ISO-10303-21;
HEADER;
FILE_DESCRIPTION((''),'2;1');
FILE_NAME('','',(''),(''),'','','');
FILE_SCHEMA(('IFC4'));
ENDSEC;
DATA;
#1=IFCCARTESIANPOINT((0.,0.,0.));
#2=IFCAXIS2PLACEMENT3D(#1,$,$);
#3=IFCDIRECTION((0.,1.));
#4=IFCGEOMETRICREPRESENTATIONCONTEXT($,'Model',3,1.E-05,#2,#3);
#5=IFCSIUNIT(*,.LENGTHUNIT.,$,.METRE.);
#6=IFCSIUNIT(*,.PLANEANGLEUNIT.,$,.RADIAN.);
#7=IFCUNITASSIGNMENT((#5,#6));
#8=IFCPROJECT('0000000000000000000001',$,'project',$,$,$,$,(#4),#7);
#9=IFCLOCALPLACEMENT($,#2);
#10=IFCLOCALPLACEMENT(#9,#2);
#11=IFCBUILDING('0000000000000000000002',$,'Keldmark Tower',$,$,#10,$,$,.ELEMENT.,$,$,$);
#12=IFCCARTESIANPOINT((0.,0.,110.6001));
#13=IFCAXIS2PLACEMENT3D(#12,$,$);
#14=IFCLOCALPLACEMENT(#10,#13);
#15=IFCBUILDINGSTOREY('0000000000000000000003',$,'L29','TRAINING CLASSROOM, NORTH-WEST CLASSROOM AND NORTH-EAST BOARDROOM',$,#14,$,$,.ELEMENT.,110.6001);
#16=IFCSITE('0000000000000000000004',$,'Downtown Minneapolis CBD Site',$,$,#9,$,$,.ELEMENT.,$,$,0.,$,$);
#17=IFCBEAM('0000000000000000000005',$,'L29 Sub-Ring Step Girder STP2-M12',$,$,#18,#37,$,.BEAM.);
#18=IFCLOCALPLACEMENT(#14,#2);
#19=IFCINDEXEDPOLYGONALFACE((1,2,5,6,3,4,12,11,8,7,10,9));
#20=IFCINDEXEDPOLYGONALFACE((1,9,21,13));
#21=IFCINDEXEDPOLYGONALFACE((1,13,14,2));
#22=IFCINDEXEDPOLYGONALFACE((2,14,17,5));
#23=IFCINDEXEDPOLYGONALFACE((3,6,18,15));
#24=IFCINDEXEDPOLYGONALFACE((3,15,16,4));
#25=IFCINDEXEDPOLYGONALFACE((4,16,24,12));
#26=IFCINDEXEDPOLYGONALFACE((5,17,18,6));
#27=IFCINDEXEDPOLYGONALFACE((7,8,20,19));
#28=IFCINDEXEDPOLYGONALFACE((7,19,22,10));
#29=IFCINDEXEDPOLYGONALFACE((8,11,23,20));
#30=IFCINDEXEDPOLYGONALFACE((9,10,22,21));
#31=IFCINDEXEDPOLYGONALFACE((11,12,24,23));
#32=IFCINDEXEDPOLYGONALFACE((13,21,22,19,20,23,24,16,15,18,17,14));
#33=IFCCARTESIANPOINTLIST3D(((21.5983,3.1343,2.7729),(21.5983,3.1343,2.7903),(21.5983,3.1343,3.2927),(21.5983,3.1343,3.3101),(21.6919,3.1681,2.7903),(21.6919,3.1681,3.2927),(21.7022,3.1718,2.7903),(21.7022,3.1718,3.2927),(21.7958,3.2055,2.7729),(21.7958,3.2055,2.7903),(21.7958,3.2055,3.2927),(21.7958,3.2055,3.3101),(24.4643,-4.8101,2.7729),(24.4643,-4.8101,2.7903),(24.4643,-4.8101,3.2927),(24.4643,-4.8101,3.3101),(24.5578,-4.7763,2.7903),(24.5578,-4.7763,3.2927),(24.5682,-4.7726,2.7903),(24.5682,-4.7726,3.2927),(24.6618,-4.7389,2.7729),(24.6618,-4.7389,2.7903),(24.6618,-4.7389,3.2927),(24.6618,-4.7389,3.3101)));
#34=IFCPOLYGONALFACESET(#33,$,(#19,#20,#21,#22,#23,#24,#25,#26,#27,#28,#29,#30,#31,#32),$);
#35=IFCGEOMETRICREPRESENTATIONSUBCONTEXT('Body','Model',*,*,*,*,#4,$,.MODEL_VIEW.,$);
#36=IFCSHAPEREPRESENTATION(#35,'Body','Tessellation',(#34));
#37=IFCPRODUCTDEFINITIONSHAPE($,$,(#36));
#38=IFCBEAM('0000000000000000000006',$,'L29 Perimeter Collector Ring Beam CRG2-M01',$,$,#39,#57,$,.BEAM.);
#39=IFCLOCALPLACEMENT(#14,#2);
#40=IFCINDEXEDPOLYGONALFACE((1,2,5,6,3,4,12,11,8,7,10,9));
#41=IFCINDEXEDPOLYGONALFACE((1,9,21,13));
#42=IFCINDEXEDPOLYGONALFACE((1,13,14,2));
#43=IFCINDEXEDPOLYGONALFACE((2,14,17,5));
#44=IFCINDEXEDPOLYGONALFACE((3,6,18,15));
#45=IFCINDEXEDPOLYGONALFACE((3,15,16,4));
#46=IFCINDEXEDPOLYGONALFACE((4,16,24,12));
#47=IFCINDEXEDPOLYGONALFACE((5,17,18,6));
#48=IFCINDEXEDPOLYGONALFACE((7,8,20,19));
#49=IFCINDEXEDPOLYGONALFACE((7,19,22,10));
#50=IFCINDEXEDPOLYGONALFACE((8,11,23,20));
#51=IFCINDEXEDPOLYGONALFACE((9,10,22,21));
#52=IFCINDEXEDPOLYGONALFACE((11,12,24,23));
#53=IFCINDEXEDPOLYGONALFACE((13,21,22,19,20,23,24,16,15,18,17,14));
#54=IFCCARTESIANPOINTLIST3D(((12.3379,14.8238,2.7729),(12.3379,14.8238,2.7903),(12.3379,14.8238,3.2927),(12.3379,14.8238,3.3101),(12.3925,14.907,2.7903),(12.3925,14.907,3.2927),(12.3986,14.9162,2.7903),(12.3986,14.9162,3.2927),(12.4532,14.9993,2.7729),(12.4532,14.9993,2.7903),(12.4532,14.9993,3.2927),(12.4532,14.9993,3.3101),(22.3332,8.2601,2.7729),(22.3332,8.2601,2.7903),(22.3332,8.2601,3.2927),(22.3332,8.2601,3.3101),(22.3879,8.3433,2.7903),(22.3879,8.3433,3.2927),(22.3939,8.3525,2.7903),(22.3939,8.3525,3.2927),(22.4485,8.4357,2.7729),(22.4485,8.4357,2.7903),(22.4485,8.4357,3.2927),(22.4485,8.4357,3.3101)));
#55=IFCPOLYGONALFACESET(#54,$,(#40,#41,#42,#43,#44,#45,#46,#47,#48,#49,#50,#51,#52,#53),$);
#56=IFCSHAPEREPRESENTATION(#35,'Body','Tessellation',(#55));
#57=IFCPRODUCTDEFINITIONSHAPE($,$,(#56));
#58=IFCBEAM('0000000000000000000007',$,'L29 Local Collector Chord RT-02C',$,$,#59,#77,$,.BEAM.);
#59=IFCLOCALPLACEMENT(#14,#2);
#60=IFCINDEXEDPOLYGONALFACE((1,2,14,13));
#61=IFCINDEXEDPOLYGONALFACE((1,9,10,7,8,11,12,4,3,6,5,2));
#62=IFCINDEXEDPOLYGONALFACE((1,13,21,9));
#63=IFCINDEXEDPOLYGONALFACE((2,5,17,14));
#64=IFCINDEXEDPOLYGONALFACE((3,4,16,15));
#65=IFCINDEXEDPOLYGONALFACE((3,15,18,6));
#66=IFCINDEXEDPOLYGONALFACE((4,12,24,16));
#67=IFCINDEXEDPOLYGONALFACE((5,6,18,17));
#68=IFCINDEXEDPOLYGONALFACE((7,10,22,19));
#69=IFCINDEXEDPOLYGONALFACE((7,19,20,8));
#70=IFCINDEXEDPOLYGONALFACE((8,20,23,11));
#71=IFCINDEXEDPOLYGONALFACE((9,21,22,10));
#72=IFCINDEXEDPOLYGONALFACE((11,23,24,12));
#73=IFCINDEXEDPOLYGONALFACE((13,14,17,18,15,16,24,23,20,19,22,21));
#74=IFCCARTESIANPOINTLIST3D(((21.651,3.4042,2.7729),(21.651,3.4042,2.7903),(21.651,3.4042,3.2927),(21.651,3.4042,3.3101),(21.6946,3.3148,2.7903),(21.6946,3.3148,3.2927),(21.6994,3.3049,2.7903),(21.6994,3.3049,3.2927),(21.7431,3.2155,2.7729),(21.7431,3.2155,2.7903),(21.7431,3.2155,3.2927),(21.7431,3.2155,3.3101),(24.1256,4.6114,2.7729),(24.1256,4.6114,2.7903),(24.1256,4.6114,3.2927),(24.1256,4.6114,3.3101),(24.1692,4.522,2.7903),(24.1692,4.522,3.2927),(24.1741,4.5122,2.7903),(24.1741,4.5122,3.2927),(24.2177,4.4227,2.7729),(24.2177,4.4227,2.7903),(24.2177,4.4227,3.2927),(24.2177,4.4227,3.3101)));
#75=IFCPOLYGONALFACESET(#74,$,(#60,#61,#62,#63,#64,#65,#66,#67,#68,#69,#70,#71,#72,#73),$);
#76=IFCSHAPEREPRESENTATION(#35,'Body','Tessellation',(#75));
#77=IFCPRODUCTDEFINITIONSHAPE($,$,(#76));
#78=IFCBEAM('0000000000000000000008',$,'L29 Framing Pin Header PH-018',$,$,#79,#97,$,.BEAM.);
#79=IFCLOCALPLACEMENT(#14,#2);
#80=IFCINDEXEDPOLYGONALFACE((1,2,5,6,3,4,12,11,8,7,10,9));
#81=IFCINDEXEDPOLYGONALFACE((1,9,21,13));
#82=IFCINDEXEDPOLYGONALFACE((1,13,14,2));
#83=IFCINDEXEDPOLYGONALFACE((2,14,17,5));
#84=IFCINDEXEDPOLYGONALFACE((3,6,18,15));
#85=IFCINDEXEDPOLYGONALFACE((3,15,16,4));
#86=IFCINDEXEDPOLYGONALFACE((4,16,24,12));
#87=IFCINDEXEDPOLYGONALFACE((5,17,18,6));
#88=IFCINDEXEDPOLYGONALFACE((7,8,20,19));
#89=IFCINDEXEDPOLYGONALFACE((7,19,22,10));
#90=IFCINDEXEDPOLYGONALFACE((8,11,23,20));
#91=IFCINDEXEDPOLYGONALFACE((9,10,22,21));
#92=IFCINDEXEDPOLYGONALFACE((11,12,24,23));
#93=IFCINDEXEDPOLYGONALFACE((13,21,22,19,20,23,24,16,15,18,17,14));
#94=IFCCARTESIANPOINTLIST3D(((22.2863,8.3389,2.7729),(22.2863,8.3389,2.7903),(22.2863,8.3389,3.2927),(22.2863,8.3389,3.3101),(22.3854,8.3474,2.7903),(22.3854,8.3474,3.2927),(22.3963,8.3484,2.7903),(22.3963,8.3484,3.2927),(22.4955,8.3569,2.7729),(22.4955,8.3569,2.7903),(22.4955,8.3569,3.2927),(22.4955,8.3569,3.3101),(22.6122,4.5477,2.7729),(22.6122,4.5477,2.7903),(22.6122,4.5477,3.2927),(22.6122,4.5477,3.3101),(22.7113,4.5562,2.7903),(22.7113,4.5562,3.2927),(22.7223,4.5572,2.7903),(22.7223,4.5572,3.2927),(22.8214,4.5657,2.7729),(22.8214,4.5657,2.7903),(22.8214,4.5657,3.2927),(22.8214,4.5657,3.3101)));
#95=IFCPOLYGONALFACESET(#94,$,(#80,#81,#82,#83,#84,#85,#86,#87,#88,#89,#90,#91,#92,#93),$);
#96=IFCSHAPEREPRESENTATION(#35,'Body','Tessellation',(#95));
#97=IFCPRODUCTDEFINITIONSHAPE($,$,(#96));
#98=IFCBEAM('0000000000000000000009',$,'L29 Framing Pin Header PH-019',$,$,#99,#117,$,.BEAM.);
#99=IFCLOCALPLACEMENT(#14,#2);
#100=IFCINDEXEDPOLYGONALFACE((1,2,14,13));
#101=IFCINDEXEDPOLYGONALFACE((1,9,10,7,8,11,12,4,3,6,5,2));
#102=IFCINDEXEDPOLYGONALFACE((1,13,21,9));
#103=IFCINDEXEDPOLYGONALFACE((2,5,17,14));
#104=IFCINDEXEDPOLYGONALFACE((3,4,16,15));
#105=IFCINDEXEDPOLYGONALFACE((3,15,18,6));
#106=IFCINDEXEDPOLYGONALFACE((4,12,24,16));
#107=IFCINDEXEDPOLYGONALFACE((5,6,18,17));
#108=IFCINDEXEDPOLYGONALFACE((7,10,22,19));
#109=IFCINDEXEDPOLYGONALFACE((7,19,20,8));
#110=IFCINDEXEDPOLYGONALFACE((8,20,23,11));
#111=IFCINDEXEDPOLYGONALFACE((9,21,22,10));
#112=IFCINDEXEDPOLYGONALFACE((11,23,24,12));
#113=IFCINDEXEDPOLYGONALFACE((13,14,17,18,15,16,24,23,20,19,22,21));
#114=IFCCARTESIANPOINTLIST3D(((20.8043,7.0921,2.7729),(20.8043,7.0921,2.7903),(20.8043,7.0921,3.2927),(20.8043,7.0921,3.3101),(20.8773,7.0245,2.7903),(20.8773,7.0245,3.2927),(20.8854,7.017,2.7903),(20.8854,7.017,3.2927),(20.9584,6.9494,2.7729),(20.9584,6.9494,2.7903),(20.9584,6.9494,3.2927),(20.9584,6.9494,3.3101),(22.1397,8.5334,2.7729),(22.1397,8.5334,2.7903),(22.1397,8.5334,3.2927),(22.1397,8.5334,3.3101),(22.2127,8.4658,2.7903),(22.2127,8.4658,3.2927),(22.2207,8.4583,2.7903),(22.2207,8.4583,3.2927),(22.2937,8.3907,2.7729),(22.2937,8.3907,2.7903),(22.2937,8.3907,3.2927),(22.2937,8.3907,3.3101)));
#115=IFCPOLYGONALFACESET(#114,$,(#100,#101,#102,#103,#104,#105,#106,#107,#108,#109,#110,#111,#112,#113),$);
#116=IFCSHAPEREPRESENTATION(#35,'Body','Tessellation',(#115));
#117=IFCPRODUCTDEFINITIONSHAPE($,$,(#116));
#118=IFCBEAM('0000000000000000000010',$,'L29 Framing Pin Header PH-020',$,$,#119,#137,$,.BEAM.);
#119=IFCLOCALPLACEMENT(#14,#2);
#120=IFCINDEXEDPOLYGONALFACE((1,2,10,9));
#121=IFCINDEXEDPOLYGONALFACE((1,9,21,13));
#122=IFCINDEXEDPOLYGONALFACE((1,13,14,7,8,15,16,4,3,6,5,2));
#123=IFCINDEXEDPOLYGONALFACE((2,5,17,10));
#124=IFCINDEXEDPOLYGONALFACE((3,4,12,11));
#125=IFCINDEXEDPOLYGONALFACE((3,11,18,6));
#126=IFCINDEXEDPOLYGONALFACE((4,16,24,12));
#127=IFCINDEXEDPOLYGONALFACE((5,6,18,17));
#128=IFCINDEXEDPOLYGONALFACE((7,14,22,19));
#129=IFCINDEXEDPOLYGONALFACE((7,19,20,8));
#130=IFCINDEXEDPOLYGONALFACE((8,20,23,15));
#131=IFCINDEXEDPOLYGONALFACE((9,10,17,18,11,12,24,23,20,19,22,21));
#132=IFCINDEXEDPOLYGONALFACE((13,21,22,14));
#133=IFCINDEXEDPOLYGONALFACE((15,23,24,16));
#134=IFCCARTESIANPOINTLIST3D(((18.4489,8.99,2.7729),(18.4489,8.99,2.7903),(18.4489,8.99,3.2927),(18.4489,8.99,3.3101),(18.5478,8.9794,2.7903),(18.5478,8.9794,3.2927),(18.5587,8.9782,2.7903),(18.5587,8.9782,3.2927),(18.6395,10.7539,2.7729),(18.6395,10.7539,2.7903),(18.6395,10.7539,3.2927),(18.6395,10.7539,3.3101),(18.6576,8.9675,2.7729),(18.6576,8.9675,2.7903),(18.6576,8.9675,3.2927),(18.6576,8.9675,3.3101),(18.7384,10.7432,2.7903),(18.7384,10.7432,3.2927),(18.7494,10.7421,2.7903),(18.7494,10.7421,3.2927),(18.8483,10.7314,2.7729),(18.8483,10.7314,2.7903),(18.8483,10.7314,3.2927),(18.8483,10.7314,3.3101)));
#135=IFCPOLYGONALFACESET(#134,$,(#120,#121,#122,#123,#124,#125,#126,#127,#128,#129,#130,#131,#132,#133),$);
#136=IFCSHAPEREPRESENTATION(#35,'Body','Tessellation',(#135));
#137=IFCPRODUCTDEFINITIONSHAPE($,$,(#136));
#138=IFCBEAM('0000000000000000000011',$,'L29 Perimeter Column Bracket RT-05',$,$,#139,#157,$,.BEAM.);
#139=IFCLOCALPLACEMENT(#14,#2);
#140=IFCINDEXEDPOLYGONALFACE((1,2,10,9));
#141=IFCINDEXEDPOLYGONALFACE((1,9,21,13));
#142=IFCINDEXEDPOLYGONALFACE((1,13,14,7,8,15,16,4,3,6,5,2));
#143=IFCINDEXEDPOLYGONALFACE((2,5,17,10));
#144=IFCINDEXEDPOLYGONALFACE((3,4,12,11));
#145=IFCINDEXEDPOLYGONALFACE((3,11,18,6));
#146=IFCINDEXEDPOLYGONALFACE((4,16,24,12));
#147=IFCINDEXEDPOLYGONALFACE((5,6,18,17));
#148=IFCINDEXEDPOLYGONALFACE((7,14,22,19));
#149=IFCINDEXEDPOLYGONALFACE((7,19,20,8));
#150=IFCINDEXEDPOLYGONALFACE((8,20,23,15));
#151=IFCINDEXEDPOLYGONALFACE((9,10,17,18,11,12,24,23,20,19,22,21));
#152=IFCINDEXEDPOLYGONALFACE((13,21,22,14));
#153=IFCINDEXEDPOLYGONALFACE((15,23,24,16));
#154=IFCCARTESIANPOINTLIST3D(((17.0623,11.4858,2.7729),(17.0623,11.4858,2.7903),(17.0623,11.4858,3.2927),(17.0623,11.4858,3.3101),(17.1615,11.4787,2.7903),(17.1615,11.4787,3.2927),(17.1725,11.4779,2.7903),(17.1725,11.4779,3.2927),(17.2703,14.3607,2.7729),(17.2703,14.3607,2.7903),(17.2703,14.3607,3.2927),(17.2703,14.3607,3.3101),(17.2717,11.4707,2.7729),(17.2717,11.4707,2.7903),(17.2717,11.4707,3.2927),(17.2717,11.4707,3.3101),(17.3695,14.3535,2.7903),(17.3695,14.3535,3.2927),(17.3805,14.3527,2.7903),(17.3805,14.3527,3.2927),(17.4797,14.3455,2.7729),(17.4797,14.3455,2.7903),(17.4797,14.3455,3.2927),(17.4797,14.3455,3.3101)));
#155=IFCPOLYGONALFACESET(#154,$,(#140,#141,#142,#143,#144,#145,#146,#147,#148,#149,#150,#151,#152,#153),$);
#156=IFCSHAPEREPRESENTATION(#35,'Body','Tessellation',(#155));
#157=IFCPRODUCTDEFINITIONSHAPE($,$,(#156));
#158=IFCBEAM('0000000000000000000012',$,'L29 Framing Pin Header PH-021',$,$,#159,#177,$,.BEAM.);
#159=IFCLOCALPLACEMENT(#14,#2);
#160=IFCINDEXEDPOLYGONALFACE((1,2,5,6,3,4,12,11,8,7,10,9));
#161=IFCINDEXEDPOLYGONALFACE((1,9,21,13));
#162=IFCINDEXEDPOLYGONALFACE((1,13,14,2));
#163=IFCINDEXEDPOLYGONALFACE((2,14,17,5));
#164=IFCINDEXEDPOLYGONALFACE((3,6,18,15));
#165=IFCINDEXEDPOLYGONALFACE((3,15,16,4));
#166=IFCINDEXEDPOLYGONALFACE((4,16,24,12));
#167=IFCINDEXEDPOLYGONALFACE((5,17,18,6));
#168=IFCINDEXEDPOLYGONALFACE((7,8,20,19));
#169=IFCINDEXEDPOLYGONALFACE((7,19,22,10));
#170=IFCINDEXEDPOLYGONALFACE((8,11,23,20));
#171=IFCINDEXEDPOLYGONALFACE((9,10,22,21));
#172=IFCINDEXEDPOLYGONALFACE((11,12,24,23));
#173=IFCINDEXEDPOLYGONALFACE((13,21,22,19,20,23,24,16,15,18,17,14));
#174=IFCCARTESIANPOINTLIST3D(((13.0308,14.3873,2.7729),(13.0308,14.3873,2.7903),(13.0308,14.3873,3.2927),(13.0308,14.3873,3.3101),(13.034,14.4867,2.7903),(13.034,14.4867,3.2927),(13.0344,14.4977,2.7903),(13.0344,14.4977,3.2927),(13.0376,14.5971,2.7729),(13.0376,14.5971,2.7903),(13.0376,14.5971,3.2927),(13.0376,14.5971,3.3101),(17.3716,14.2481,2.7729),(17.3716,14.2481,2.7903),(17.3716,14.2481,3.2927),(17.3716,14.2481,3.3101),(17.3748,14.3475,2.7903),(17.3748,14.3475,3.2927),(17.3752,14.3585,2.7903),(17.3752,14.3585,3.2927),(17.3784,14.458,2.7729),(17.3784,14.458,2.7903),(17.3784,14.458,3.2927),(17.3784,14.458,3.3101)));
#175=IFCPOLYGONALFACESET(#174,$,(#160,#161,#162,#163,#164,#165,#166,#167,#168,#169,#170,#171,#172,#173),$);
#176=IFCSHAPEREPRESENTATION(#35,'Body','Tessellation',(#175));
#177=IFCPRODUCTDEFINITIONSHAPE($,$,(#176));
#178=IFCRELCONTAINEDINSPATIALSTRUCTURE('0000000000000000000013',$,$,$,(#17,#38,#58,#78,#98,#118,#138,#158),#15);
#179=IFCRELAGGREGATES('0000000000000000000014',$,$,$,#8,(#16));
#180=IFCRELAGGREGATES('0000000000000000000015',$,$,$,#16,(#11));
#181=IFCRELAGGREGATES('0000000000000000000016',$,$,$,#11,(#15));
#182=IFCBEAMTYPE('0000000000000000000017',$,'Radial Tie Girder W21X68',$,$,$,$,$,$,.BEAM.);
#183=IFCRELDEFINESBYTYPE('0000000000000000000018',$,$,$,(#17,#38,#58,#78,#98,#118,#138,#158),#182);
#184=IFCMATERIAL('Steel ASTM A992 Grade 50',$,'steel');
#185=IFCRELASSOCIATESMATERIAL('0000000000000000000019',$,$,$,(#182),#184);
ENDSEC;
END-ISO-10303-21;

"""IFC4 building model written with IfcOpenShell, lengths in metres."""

from ifc_helpers import new_model, si_unit, direction, frame, origin, origin_2d, place, context, subcontext, project, spatial, i_section, extrude, material, material_profile, profile_set, type_object, element, save


model = new_model("IFC4")

# Units and contexts
model_context = context("Model", 3, precision=1e-05, world=origin(), true_north=direction((0.0, 1.0)))
body_context = subcontext(model_context, "Body", "Model", "MODEL_VIEW")
ifc_project = project(units=[si_unit("LENGTHUNIT", "METRE"), si_unit("PLANEANGLEUNIT", "RADIAN")], contexts=[model_context])

# Site, building, storey
site_placement = place(None, origin())
site = spatial("IfcSite", under=ifc_project, at=site_placement, Name="Downtown Minneapolis CBD Site", CompositionType="ELEMENT", RefElevation=0.0)
building_placement = place(site_placement, origin())
building = spatial("IfcBuilding", under=site, at=building_placement, Name="Keldmark Tower", CompositionType="ELEMENT")
storey_placement = place(building_placement, frame((0.0, 0.0, 110.6001)))
storey = spatial("IfcBuildingStorey", under=building, at=storey_placement, Name="L29", Description="TRAINING CLASSROOM, NORTH-WEST CLASSROOM AND NORTH-EAST BOARDROOM", CompositionType="ELEMENT", Elevation=110.6001)

# Beams
ifc_material_1 = material(Name="Steel ASTM A992 Grade 50", Category="steel")
ifc_material_profile_1 = material_profile(ifc_material_1, i_section(OverallWidth=0.21, OverallDepth=0.5371, WebThickness=0.011, FlangeThickness=0.0173, at=origin_2d()), Name="W21X68")
ifc_profile_set_1 = profile_set([ifc_material_profile_1], Name="Steel ASTM A992 Grade 50")
beam_type_1 = type_object("IfcBeamType", Name="Radial Tie Girder W21X68", PredefinedType="BEAM", material=ifc_profile_set_1)
beam_1_placement = place(storey_placement, frame((21.697, 3.1699, 3.0415), z_axis=(0.339349, -0.940661, 0.0), x_axis=(0.940661, 0.339349, 0.0)))
element("IfcBeam", 1, at=beam_1_placement, inside=storey, type_object=beam_type_1, Name="L29 Sub-Ring Step Girder STP2-M12", PredefinedType="BEAM", context=body_context, shape_type="SweptSolid", body=[
    extrude(i_section(OverallWidth=0.21, OverallDepth=0.5371, WebThickness=0.011, FlangeThickness=0.0173, at=origin_2d()), origin(), (0.0, 0.0, 1.0), 8.4456),
])
beam_2_placement = place(storey_placement, frame((22.3909, 8.3479, 3.0415), z_axis=(-0.835884, 0.548906, 0.0), x_axis=(-0.548906, -0.835884, 0.0)))
element("IfcBeam", 2, at=beam_2_placement, inside=storey, type_object=beam_type_1, Name="L29 Perimeter Collector Ring Beam CRG2-M01", PredefinedType="BEAM", context=body_context, shape_type="SweptSolid", body=[
    extrude(i_section(OverallWidth=0.21, OverallDepth=0.5371, WebThickness=0.011, FlangeThickness=0.0173, at=origin_2d()), origin(), (0.0, 0.0, 1.0), 11.9578),
])
beam_3_placement = place(storey_placement, frame((21.697, 3.3098, 3.0415), z_axis=(0.898747, 0.438467, 0.0), x_axis=(-0.438467, 0.898747, 0.0)))
element("IfcBeam", 3, at=beam_3_placement, inside=storey, type_object=beam_type_1, Name="L29 Local Collector Chord RT-02C", PredefinedType="BEAM", context=body_context, shape_type="SweptSolid", body=[
    extrude(i_section(OverallWidth=0.21, OverallDepth=0.5371, WebThickness=0.011, FlangeThickness=0.0173, at=origin_2d()), origin(), (0.0, 0.0, 1.0), 2.7534),
])
beam_4_placement = place(storey_placement, frame((22.3909, 8.3479, 3.0415), z_axis=(0.085652, -0.996325, 0.0), x_axis=(0.996325, 0.085652, 0.0)))
element("IfcBeam", 4, at=beam_4_placement, inside=storey, type_object=beam_type_1, Name="L29 Framing Pin Header PH-018", PredefinedType="BEAM", context=body_context, shape_type="SweptSolid", body=[
    extrude(i_section(OverallWidth=0.21, OverallDepth=0.5371, WebThickness=0.011, FlangeThickness=0.0173, at=origin_2d()), origin(), (0.0, 0.0, 1.0), 3.8052),
])
beam_5_placement = place(storey_placement, frame((20.8813, 7.0208, 3.0415), z_axis=(0.679631, 0.733554, 0.0), x_axis=(-0.733554, 0.679631, 0.0)))
element("IfcBeam", 5, at=beam_5_placement, inside=storey, type_object=beam_type_1, Name="L29 Framing Pin Header PH-019", PredefinedType="BEAM", context=body_context, shape_type="SweptSolid", body=[
    extrude(i_section(OverallWidth=0.21, OverallDepth=0.5371, WebThickness=0.011, FlangeThickness=0.0173, at=origin_2d()), origin(), (0.0, 0.0, 1.0), 1.9648),
])
beam_6_placement = place(storey_placement, frame((18.5532, 8.9788, 3.0415), z_axis=(0.107471, 0.994208, 0.0), x_axis=(-0.994208, 0.107471, 0.0)))
element("IfcBeam", 6, at=beam_6_placement, inside=storey, type_object=beam_type_1, Name="L29 Framing Pin Header PH-020", PredefinedType="BEAM", context=body_context, shape_type="SweptSolid", body=[
    extrude(i_section(OverallWidth=0.21, OverallDepth=0.5371, WebThickness=0.011, FlangeThickness=0.0173, at=origin_2d()), origin(), (0.0, 0.0, 1.0), 1.7742),
])
beam_7_placement = place(storey_placement, frame((17.167, 11.4783, 3.0415), z_axis=(0.072168, 0.997392, 0.0), x_axis=(-0.997392, 0.072168, 0.0)))
element("IfcBeam", 7, at=beam_7_placement, inside=storey, type_object=beam_type_1, Name="L29 Perimeter Column Bracket RT-05", PredefinedType="BEAM", context=body_context, shape_type="SweptSolid", body=[
    extrude(i_section(OverallWidth=0.21, OverallDepth=0.5371, WebThickness=0.011, FlangeThickness=0.0173, at=origin_2d()), origin(), (0.0, 0.0, 1.0), 2.8823),
])
beam_8_placement = place(storey_placement, frame((17.375, 14.353, 3.0415), z_axis=(-0.999487, 0.032042, 0.0), x_axis=(-0.032042, -0.999487, 0.0)))
element("IfcBeam", 8, at=beam_8_placement, inside=storey, type_object=beam_type_1, Name="L29 Framing Pin Header PH-021", PredefinedType="BEAM", context=body_context, shape_type="SweptSolid", body=[
    extrude(i_section(OverallWidth=0.21, OverallDepth=0.5371, WebThickness=0.011, FlangeThickness=0.0173, at=origin_2d()), origin(), (0.0, 0.0, 1.0), 4.343),
])

save(model, "model.ifc")
